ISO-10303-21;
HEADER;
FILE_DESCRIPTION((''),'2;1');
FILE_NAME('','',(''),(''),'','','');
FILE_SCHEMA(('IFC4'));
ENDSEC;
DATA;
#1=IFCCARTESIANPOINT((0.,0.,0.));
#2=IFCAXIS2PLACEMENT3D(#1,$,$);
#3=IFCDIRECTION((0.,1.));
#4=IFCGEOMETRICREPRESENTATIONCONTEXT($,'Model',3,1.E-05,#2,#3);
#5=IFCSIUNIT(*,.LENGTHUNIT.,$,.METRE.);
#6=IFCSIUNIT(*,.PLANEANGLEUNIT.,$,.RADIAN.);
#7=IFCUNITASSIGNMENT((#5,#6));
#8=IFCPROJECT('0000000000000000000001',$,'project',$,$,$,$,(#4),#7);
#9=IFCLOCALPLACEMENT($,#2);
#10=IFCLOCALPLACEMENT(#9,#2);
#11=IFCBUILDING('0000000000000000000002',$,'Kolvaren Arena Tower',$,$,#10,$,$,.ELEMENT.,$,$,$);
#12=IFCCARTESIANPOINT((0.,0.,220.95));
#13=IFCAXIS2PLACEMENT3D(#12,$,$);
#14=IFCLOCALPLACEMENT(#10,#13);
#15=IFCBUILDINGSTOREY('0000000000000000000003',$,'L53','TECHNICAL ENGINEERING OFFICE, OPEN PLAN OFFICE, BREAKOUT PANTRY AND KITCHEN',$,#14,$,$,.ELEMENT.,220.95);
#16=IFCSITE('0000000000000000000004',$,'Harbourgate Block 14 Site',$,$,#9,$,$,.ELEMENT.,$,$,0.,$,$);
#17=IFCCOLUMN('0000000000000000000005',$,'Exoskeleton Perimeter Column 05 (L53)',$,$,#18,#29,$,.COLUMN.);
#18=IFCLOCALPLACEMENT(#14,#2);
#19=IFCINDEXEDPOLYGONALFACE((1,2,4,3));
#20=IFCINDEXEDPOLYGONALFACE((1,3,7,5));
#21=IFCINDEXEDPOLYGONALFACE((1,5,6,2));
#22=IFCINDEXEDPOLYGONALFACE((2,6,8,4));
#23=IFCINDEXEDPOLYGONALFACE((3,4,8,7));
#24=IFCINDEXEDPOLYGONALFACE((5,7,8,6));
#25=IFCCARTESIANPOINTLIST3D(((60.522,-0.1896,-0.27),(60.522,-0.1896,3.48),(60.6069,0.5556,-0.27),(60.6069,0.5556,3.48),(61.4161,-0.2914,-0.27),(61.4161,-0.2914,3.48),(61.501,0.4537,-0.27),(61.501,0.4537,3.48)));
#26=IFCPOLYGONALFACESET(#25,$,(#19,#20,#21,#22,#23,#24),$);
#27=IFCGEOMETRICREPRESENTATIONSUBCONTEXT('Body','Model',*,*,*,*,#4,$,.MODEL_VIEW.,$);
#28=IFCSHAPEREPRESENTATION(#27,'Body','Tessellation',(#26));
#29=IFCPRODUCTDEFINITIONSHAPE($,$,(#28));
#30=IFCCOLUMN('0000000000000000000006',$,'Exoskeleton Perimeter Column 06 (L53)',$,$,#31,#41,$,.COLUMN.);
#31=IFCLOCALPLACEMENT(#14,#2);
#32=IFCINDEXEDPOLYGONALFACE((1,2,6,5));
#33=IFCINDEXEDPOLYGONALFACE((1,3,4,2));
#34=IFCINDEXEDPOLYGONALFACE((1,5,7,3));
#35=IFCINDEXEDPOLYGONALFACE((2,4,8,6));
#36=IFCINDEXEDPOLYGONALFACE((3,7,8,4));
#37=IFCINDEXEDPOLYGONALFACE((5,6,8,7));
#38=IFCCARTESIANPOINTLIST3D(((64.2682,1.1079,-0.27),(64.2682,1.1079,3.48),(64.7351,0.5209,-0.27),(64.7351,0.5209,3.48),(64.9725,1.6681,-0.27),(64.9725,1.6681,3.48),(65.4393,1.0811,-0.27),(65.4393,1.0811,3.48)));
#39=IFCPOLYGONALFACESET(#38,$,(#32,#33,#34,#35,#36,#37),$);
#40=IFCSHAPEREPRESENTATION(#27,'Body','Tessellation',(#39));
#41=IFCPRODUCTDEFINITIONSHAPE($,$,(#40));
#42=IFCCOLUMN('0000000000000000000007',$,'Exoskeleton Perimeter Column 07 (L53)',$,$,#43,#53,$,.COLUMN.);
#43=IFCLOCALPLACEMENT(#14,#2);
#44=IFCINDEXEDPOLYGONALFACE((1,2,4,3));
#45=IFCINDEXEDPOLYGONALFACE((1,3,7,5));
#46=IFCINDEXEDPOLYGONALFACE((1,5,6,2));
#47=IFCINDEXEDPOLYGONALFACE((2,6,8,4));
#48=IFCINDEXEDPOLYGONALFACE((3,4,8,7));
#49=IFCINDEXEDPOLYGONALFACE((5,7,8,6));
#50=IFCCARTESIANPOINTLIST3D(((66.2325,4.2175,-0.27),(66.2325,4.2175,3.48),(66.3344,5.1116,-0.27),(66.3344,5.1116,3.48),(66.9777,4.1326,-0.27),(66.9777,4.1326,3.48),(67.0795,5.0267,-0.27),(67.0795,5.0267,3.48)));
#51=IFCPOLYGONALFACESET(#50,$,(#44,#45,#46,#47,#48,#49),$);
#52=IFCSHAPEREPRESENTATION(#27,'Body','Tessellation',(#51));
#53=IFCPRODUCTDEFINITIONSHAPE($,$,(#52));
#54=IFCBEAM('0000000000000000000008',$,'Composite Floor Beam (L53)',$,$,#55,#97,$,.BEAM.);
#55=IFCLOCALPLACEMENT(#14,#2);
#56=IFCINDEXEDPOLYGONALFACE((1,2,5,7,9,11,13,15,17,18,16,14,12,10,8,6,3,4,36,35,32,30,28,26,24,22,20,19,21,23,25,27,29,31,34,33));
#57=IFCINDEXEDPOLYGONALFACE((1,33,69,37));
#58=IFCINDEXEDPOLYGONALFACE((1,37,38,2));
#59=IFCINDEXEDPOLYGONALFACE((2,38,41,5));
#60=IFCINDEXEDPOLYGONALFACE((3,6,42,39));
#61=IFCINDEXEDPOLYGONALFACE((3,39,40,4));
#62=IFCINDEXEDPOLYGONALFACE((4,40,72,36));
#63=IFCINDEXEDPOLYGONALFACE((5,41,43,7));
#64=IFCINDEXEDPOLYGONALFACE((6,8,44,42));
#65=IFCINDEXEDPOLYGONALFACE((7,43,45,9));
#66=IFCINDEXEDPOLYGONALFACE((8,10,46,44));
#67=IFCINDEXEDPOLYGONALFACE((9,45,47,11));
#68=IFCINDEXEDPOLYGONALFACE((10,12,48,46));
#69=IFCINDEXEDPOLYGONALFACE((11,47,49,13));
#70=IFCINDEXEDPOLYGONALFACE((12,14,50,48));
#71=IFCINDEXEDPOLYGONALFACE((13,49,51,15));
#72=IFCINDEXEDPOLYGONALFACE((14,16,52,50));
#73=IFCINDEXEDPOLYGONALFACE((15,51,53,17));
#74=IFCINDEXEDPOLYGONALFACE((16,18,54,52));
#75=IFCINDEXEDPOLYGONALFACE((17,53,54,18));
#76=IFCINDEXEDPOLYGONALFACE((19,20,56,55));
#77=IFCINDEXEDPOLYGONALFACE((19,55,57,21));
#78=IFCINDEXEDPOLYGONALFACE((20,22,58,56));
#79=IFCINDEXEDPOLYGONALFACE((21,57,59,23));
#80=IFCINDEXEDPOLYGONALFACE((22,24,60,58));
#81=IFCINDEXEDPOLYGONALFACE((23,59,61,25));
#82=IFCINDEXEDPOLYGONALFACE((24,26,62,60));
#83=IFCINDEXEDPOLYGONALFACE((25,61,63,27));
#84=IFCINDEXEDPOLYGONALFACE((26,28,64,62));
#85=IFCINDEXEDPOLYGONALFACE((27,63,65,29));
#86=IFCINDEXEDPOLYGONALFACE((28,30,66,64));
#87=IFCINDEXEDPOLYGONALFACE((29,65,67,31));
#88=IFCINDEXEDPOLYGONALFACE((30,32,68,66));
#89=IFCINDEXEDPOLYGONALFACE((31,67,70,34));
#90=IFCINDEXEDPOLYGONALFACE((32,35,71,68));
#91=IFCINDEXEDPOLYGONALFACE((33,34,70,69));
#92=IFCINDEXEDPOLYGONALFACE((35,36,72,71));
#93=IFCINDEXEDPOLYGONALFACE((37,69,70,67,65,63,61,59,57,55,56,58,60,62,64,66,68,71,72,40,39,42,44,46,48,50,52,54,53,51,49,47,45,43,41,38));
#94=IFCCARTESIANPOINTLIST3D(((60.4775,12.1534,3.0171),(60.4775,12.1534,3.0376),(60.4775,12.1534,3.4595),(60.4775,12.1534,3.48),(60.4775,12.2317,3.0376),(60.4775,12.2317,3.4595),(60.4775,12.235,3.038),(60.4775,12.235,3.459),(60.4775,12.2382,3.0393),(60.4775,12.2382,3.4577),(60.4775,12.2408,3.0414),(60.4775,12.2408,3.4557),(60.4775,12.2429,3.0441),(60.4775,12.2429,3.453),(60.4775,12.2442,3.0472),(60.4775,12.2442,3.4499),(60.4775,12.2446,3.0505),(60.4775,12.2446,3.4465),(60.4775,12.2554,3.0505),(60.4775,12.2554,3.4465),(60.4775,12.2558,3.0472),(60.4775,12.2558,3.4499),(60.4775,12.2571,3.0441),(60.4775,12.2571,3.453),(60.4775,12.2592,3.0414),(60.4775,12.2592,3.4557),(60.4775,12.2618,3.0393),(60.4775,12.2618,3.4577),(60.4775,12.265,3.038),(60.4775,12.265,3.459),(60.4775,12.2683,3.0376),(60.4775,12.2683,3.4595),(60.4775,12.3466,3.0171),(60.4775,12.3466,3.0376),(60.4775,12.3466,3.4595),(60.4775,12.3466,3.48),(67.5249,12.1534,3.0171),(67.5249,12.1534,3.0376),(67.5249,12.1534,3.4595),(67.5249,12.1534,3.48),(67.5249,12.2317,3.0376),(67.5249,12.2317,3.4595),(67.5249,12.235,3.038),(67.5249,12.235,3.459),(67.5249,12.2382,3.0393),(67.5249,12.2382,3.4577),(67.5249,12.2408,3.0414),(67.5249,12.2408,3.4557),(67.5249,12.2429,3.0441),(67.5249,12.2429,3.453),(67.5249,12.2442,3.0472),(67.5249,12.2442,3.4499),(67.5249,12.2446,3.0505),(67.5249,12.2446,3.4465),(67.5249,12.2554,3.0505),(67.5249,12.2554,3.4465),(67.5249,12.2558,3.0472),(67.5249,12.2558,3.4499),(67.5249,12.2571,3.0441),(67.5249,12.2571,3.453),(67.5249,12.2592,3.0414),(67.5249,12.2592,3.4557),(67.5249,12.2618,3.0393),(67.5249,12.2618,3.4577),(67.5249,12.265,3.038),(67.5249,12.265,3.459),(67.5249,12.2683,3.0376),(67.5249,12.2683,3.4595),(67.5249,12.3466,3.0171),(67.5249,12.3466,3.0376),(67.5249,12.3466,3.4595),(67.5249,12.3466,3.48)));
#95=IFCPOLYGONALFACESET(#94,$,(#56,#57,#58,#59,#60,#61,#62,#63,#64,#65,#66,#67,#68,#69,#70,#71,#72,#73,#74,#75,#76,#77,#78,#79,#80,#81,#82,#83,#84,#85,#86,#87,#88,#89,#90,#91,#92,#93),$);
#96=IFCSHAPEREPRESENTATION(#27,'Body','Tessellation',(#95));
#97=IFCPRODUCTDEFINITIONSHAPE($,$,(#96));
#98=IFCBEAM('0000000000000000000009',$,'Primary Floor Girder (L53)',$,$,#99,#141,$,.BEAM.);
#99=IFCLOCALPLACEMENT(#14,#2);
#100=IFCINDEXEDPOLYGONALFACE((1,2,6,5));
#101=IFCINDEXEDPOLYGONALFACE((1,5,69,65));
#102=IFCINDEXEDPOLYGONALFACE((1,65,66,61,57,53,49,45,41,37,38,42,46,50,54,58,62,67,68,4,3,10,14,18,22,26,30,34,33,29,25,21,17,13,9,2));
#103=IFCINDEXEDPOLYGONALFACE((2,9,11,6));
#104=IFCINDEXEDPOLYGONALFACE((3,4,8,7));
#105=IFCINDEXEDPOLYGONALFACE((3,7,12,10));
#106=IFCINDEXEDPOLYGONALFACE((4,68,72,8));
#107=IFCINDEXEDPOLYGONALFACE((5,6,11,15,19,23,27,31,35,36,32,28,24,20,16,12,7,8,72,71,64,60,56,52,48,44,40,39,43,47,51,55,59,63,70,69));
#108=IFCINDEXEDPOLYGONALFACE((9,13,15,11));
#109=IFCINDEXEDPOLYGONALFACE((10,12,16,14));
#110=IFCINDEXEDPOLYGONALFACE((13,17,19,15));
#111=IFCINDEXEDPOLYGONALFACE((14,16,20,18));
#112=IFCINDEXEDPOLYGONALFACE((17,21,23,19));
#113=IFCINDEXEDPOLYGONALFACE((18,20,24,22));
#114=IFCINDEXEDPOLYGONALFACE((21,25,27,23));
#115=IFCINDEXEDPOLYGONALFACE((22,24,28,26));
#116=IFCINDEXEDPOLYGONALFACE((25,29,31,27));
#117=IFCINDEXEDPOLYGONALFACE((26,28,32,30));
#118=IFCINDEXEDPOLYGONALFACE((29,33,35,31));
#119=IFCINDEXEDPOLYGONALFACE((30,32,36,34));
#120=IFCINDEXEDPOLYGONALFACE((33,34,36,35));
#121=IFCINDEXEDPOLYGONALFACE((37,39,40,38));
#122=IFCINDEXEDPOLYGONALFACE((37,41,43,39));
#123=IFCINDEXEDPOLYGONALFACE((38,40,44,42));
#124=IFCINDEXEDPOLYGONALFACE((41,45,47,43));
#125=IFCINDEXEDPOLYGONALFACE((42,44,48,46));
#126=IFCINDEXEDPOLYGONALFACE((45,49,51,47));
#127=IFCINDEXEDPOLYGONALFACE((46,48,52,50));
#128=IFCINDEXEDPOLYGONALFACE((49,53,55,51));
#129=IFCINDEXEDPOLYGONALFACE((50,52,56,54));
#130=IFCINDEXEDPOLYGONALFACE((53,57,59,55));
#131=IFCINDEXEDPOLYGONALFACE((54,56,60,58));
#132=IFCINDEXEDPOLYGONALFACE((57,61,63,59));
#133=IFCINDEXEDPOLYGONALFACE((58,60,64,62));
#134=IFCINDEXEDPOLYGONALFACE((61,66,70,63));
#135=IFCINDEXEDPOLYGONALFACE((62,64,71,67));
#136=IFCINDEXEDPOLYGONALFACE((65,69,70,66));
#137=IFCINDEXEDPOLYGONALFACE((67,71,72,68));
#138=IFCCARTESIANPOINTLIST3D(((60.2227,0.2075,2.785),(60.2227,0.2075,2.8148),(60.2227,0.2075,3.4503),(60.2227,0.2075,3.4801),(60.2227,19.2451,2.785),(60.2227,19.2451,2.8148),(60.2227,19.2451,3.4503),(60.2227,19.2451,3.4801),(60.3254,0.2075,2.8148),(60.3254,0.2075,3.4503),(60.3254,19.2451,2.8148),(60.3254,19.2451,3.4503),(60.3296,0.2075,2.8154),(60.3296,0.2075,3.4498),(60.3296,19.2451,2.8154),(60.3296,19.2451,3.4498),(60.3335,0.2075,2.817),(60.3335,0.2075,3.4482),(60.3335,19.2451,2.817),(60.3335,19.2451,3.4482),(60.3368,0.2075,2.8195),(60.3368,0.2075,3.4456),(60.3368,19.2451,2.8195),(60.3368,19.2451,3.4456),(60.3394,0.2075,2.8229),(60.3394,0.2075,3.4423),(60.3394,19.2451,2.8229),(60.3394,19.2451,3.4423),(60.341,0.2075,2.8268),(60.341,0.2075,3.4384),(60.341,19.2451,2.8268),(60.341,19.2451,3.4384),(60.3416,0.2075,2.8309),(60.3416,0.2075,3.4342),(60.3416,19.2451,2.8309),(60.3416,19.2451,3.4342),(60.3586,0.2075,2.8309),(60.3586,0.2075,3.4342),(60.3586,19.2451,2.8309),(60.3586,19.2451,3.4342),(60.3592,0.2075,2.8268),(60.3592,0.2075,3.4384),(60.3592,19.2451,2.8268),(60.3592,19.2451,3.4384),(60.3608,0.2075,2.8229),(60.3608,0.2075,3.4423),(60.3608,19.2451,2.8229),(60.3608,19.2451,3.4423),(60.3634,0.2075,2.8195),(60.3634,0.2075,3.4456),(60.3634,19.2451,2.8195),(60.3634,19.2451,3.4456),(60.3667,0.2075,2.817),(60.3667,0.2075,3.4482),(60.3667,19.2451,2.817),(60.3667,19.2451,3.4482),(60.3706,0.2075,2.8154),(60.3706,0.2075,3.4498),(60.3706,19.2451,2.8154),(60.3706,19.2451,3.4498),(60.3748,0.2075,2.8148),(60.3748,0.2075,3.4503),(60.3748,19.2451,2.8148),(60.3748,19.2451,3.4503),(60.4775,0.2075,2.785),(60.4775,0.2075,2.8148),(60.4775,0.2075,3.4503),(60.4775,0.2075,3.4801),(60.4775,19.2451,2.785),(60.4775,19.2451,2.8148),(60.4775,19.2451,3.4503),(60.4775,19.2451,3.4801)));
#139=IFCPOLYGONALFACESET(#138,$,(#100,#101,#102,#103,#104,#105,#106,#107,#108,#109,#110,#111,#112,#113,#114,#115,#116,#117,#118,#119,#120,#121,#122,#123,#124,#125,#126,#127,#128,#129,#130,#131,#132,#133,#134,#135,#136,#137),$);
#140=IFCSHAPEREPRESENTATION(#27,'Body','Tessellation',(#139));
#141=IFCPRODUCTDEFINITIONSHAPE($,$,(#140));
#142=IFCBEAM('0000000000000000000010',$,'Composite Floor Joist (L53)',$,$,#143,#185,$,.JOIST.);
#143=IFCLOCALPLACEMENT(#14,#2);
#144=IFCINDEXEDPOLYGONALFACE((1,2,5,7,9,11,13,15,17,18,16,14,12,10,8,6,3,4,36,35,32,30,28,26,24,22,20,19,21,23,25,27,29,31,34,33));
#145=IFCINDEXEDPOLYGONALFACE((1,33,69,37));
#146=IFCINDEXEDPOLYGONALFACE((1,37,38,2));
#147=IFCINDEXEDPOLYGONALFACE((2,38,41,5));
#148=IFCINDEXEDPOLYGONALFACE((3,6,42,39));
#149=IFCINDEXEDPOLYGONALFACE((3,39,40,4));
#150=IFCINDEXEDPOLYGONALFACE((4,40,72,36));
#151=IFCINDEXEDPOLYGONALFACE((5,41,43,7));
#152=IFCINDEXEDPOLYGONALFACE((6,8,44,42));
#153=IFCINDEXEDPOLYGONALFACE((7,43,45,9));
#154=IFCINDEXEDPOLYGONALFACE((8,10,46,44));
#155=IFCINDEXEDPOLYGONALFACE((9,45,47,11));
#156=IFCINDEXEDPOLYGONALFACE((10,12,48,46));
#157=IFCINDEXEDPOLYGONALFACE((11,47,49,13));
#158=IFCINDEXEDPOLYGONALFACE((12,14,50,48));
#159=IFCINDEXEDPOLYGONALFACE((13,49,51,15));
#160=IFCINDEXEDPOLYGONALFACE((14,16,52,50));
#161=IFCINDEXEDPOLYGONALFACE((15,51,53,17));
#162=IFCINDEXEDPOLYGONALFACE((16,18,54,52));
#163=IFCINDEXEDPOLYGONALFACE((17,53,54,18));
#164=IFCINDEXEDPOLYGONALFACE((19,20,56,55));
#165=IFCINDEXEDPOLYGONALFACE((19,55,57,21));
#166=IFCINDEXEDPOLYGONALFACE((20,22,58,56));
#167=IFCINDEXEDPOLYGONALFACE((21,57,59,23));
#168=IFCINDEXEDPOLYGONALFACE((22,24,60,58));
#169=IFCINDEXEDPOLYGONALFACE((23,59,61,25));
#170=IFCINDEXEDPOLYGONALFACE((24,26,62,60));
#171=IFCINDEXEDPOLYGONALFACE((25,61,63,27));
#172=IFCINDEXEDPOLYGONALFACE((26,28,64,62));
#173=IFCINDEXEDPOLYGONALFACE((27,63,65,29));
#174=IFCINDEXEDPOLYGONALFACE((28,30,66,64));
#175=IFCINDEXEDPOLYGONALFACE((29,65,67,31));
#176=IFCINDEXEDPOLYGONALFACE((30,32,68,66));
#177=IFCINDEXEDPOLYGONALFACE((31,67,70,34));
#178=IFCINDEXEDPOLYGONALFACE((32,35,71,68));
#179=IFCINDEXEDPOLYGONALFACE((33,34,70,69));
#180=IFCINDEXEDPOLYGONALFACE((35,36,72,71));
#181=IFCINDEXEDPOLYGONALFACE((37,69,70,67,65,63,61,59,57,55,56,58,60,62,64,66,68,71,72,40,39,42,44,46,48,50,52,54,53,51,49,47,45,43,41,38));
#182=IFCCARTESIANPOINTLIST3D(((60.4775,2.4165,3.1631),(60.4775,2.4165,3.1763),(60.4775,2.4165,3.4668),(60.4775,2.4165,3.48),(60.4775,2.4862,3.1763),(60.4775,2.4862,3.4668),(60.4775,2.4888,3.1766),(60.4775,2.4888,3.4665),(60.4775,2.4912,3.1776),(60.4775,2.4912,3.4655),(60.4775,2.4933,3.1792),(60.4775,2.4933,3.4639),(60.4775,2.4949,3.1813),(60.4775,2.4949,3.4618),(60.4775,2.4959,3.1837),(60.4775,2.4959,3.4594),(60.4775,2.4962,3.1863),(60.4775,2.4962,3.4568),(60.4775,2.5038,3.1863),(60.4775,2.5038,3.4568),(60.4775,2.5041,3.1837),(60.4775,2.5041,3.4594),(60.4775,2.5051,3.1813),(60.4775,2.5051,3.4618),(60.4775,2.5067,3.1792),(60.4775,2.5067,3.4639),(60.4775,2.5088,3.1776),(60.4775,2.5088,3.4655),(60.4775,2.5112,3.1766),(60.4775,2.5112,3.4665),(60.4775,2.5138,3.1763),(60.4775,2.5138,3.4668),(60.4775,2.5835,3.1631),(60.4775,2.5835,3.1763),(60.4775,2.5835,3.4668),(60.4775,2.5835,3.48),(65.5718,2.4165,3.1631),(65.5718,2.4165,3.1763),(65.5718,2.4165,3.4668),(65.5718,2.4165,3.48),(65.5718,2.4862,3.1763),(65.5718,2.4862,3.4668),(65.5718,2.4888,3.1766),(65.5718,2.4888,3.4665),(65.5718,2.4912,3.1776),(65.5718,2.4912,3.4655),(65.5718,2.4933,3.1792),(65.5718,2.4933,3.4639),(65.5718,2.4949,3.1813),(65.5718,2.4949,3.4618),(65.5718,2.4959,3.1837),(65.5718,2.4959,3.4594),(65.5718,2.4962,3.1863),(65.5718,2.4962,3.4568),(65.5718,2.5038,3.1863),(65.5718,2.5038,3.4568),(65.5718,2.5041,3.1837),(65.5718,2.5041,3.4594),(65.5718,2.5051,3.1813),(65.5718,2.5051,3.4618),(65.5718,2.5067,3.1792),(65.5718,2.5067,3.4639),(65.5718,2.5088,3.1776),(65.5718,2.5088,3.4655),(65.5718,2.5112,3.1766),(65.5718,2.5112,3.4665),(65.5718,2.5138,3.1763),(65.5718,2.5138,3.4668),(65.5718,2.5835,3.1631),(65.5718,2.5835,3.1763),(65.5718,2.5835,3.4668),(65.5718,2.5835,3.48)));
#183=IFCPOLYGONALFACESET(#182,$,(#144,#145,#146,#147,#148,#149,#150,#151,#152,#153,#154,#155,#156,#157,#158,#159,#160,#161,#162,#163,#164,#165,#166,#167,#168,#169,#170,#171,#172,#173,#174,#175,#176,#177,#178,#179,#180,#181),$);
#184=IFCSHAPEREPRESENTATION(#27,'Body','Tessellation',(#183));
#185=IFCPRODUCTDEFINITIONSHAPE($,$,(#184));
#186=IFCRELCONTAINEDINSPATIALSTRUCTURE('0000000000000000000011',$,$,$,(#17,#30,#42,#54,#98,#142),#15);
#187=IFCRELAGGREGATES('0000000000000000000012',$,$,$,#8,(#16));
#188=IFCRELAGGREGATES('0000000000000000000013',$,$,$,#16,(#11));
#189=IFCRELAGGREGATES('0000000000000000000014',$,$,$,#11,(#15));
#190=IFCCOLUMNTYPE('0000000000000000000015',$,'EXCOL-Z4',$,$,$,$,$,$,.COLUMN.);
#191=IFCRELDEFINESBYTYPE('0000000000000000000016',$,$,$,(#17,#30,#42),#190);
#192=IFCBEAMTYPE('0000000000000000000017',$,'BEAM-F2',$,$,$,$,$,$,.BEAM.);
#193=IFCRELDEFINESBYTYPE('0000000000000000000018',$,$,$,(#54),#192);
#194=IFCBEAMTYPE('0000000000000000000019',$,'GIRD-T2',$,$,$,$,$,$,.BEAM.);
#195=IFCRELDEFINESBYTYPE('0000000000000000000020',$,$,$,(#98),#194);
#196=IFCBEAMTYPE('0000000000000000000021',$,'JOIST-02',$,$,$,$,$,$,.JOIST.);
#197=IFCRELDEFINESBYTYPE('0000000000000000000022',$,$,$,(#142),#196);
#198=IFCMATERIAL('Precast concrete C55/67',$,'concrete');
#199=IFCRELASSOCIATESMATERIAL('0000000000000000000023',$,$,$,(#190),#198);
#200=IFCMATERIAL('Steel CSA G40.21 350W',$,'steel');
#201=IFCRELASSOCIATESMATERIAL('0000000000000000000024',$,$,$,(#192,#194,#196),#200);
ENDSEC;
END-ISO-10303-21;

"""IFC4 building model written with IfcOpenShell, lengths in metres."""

from ifc_helpers import new_model, si_unit, direction, frame, origin, origin_2d, place, context, subcontext, project, spatial, rectangle, i_section, extrude, material, material_profile, profile_set, type_object, element, save


model = new_model("IFC4")

# Units and contexts
model_context = context("Model", 3, precision=1e-05, world=origin(), true_north=direction((0.0, 1.0)))
body_context = subcontext(model_context, "Body", "Model", "MODEL_VIEW")
ifc_project = project(units=[si_unit("LENGTHUNIT", "METRE"), si_unit("PLANEANGLEUNIT", "RADIAN")], contexts=[model_context])

# Site, building, storey
site_placement = place(None, origin())
site = spatial("IfcSite", under=ifc_project, at=site_placement, Name="Harbourgate Block 14 Site", CompositionType="ELEMENT", RefElevation=0.0)
building_placement = place(site_placement, origin())
building = spatial("IfcBuilding", under=site, at=building_placement, Name="Kolvaren Arena Tower", CompositionType="ELEMENT")
storey_placement = place(building_placement, frame((0.0, 0.0, 220.95)))
storey = spatial("IfcBuildingStorey", under=building, at=storey_placement, Name="L53", Description="TECHNICAL ENGINEERING OFFICE, OPEN PLAN OFFICE, BREAKOUT PANTRY AND KITCHEN", CompositionType="ELEMENT", Elevation=220.95)

# Columns
ifc_material_1 = material(Name="Precast concrete C55/67", Category="concrete")
ifc_material_profile_1 = material_profile(ifc_material_1, rectangle(XDim=0.8999, YDim=0.75, at=origin_2d()), Name="RC-900x750")
ifc_profile_set_1 = profile_set([ifc_material_profile_1], Name="Precast concrete C55/67")
column_type = type_object("IfcColumnType", Name="EXCOL-Z4", PredefinedType="COLUMN", material=ifc_profile_set_1)
for number, where, z_axis, x_axis, name in (
    (1, (61.0115, 0.1321, -0.27), (0.0, 0.0, 1.0), (0.993572, -0.113203, 0.0), "Exoskeleton Perimeter Column 05 (L53)"),
    (2, (64.8538, 1.0945, -0.27), (0.0, 0.0, 1.0), (0.782608, 0.622515, 0.0), "Exoskeleton Perimeter Column 06 (L53)"),
    (3, (66.656, 4.6221, -0.27), (0.0, 0.0, 1.0), (0.113203, 0.993572, 0.0), "Exoskeleton Perimeter Column 07 (L53)"),
):
    element("IfcColumn", number, at=place(storey_placement, frame(where, z_axis=z_axis, x_axis=x_axis)), inside=storey, type_object=column_type, Name=name, PredefinedType="COLUMN", context=body_context, shape_type="SweptSolid", body=[
        extrude(rectangle(XDim=0.8999, YDim=0.75, at=origin_2d()), origin(), (0.0, 0.0, 1.0), 3.75),
    ])

# Beams
ifc_material_2 = material(Name="Steel CSA G40.21 350W", Category="steel")
ifc_material_profile_2 = material_profile(ifc_material_2, i_section(OverallWidth=0.1931, OverallDepth=0.4629, WebThickness=0.0107, FlangeThickness=0.0205, FilletRadius=0.0129, at=origin_2d()), Name="W460x113")
ifc_profile_set_2 = profile_set([ifc_material_profile_2], Name="Steel CSA G40.21 350W")
beam_type_1 = type_object("IfcBeamType", Name="BEAM-F2", PredefinedType="BEAM", material=ifc_profile_set_2)
beam_1_placement = place(storey_placement, frame((60.4775, 12.25, 3.2485), z_axis=(1.0, 0.0, 0.0), x_axis=(0.0, 1.0, 0.0)))
element("IfcBeam", 4, at=beam_1_placement, inside=storey, type_object=beam_type_1, Name="Composite Floor Beam (L53)", PredefinedType="BEAM", context=body_context, shape_type="SweptSolid", body=[
    extrude(i_section(OverallWidth=0.1931, OverallDepth=0.4629, WebThickness=0.0107, FlangeThickness=0.0205, FilletRadius=0.0129, at=origin_2d()), origin(), (0.0, 0.0, 1.0), 7.0474),
])
ifc_material_profile_3 = material_profile(ifc_material_2, i_section(OverallWidth=0.2549, OverallDepth=0.6951, WebThickness=0.0171, FlangeThickness=0.0298, FilletRadius=0.0161, at=origin_2d()), Name="W690x217")
ifc_profile_set_3 = profile_set([ifc_material_profile_3], Name="Steel CSA G40.21 350W")
beam_type_2 = type_object("IfcBeamType", Name="GIRD-T2", PredefinedType="BEAM", material=ifc_profile_set_3)
beam_2_placement = place(storey_placement, frame((60.3501, 0.2075, 3.1326), z_axis=(0.0, 1.0, 0.0), x_axis=(-1.0, 0.0, 0.0)))
element("IfcBeam", 5, at=beam_2_placement, inside=storey, type_object=beam_type_2, Name="Primary Floor Girder (L53)", PredefinedType="BEAM", context=body_context, shape_type="SweptSolid", body=[
    extrude(i_section(OverallWidth=0.2549, OverallDepth=0.6951, WebThickness=0.0171, FlangeThickness=0.0298, FilletRadius=0.0161, at=origin_2d()), origin(), (0.0, 0.0, 1.0), 19.0376),
])
ifc_material_profile_4 = material_profile(ifc_material_2, i_section(OverallWidth=0.167, OverallDepth=0.3169, WebThickness=0.0076, FlangeThickness=0.0132, FilletRadius=0.01, at=origin_2d()), Name="W310x52")
ifc_profile_set_4 = profile_set([ifc_material_profile_4], Name="Steel CSA G40.21 350W")
beam_type_3 = type_object("IfcBeamType", Name="JOIST-02", PredefinedType="JOIST", material=ifc_profile_set_4)
beam_3_placement = place(storey_placement, frame((60.4775, 2.5, 3.3215), z_axis=(1.0, 0.0, 0.0), x_axis=(0.0, 1.0, 0.0)))
element("IfcBeam", 6, at=beam_3_placement, inside=storey, type_object=beam_type_3, Name="Composite Floor Joist (L53)", PredefinedType="JOIST", context=body_context, shape_type="SweptSolid", body=[
    extrude(i_section(OverallWidth=0.167, OverallDepth=0.3169, WebThickness=0.0076, FlangeThickness=0.0132, FilletRadius=0.01, at=origin_2d()), origin(), (0.0, 0.0, 1.0), 5.0942),
])

save(model, "model.ifc")
